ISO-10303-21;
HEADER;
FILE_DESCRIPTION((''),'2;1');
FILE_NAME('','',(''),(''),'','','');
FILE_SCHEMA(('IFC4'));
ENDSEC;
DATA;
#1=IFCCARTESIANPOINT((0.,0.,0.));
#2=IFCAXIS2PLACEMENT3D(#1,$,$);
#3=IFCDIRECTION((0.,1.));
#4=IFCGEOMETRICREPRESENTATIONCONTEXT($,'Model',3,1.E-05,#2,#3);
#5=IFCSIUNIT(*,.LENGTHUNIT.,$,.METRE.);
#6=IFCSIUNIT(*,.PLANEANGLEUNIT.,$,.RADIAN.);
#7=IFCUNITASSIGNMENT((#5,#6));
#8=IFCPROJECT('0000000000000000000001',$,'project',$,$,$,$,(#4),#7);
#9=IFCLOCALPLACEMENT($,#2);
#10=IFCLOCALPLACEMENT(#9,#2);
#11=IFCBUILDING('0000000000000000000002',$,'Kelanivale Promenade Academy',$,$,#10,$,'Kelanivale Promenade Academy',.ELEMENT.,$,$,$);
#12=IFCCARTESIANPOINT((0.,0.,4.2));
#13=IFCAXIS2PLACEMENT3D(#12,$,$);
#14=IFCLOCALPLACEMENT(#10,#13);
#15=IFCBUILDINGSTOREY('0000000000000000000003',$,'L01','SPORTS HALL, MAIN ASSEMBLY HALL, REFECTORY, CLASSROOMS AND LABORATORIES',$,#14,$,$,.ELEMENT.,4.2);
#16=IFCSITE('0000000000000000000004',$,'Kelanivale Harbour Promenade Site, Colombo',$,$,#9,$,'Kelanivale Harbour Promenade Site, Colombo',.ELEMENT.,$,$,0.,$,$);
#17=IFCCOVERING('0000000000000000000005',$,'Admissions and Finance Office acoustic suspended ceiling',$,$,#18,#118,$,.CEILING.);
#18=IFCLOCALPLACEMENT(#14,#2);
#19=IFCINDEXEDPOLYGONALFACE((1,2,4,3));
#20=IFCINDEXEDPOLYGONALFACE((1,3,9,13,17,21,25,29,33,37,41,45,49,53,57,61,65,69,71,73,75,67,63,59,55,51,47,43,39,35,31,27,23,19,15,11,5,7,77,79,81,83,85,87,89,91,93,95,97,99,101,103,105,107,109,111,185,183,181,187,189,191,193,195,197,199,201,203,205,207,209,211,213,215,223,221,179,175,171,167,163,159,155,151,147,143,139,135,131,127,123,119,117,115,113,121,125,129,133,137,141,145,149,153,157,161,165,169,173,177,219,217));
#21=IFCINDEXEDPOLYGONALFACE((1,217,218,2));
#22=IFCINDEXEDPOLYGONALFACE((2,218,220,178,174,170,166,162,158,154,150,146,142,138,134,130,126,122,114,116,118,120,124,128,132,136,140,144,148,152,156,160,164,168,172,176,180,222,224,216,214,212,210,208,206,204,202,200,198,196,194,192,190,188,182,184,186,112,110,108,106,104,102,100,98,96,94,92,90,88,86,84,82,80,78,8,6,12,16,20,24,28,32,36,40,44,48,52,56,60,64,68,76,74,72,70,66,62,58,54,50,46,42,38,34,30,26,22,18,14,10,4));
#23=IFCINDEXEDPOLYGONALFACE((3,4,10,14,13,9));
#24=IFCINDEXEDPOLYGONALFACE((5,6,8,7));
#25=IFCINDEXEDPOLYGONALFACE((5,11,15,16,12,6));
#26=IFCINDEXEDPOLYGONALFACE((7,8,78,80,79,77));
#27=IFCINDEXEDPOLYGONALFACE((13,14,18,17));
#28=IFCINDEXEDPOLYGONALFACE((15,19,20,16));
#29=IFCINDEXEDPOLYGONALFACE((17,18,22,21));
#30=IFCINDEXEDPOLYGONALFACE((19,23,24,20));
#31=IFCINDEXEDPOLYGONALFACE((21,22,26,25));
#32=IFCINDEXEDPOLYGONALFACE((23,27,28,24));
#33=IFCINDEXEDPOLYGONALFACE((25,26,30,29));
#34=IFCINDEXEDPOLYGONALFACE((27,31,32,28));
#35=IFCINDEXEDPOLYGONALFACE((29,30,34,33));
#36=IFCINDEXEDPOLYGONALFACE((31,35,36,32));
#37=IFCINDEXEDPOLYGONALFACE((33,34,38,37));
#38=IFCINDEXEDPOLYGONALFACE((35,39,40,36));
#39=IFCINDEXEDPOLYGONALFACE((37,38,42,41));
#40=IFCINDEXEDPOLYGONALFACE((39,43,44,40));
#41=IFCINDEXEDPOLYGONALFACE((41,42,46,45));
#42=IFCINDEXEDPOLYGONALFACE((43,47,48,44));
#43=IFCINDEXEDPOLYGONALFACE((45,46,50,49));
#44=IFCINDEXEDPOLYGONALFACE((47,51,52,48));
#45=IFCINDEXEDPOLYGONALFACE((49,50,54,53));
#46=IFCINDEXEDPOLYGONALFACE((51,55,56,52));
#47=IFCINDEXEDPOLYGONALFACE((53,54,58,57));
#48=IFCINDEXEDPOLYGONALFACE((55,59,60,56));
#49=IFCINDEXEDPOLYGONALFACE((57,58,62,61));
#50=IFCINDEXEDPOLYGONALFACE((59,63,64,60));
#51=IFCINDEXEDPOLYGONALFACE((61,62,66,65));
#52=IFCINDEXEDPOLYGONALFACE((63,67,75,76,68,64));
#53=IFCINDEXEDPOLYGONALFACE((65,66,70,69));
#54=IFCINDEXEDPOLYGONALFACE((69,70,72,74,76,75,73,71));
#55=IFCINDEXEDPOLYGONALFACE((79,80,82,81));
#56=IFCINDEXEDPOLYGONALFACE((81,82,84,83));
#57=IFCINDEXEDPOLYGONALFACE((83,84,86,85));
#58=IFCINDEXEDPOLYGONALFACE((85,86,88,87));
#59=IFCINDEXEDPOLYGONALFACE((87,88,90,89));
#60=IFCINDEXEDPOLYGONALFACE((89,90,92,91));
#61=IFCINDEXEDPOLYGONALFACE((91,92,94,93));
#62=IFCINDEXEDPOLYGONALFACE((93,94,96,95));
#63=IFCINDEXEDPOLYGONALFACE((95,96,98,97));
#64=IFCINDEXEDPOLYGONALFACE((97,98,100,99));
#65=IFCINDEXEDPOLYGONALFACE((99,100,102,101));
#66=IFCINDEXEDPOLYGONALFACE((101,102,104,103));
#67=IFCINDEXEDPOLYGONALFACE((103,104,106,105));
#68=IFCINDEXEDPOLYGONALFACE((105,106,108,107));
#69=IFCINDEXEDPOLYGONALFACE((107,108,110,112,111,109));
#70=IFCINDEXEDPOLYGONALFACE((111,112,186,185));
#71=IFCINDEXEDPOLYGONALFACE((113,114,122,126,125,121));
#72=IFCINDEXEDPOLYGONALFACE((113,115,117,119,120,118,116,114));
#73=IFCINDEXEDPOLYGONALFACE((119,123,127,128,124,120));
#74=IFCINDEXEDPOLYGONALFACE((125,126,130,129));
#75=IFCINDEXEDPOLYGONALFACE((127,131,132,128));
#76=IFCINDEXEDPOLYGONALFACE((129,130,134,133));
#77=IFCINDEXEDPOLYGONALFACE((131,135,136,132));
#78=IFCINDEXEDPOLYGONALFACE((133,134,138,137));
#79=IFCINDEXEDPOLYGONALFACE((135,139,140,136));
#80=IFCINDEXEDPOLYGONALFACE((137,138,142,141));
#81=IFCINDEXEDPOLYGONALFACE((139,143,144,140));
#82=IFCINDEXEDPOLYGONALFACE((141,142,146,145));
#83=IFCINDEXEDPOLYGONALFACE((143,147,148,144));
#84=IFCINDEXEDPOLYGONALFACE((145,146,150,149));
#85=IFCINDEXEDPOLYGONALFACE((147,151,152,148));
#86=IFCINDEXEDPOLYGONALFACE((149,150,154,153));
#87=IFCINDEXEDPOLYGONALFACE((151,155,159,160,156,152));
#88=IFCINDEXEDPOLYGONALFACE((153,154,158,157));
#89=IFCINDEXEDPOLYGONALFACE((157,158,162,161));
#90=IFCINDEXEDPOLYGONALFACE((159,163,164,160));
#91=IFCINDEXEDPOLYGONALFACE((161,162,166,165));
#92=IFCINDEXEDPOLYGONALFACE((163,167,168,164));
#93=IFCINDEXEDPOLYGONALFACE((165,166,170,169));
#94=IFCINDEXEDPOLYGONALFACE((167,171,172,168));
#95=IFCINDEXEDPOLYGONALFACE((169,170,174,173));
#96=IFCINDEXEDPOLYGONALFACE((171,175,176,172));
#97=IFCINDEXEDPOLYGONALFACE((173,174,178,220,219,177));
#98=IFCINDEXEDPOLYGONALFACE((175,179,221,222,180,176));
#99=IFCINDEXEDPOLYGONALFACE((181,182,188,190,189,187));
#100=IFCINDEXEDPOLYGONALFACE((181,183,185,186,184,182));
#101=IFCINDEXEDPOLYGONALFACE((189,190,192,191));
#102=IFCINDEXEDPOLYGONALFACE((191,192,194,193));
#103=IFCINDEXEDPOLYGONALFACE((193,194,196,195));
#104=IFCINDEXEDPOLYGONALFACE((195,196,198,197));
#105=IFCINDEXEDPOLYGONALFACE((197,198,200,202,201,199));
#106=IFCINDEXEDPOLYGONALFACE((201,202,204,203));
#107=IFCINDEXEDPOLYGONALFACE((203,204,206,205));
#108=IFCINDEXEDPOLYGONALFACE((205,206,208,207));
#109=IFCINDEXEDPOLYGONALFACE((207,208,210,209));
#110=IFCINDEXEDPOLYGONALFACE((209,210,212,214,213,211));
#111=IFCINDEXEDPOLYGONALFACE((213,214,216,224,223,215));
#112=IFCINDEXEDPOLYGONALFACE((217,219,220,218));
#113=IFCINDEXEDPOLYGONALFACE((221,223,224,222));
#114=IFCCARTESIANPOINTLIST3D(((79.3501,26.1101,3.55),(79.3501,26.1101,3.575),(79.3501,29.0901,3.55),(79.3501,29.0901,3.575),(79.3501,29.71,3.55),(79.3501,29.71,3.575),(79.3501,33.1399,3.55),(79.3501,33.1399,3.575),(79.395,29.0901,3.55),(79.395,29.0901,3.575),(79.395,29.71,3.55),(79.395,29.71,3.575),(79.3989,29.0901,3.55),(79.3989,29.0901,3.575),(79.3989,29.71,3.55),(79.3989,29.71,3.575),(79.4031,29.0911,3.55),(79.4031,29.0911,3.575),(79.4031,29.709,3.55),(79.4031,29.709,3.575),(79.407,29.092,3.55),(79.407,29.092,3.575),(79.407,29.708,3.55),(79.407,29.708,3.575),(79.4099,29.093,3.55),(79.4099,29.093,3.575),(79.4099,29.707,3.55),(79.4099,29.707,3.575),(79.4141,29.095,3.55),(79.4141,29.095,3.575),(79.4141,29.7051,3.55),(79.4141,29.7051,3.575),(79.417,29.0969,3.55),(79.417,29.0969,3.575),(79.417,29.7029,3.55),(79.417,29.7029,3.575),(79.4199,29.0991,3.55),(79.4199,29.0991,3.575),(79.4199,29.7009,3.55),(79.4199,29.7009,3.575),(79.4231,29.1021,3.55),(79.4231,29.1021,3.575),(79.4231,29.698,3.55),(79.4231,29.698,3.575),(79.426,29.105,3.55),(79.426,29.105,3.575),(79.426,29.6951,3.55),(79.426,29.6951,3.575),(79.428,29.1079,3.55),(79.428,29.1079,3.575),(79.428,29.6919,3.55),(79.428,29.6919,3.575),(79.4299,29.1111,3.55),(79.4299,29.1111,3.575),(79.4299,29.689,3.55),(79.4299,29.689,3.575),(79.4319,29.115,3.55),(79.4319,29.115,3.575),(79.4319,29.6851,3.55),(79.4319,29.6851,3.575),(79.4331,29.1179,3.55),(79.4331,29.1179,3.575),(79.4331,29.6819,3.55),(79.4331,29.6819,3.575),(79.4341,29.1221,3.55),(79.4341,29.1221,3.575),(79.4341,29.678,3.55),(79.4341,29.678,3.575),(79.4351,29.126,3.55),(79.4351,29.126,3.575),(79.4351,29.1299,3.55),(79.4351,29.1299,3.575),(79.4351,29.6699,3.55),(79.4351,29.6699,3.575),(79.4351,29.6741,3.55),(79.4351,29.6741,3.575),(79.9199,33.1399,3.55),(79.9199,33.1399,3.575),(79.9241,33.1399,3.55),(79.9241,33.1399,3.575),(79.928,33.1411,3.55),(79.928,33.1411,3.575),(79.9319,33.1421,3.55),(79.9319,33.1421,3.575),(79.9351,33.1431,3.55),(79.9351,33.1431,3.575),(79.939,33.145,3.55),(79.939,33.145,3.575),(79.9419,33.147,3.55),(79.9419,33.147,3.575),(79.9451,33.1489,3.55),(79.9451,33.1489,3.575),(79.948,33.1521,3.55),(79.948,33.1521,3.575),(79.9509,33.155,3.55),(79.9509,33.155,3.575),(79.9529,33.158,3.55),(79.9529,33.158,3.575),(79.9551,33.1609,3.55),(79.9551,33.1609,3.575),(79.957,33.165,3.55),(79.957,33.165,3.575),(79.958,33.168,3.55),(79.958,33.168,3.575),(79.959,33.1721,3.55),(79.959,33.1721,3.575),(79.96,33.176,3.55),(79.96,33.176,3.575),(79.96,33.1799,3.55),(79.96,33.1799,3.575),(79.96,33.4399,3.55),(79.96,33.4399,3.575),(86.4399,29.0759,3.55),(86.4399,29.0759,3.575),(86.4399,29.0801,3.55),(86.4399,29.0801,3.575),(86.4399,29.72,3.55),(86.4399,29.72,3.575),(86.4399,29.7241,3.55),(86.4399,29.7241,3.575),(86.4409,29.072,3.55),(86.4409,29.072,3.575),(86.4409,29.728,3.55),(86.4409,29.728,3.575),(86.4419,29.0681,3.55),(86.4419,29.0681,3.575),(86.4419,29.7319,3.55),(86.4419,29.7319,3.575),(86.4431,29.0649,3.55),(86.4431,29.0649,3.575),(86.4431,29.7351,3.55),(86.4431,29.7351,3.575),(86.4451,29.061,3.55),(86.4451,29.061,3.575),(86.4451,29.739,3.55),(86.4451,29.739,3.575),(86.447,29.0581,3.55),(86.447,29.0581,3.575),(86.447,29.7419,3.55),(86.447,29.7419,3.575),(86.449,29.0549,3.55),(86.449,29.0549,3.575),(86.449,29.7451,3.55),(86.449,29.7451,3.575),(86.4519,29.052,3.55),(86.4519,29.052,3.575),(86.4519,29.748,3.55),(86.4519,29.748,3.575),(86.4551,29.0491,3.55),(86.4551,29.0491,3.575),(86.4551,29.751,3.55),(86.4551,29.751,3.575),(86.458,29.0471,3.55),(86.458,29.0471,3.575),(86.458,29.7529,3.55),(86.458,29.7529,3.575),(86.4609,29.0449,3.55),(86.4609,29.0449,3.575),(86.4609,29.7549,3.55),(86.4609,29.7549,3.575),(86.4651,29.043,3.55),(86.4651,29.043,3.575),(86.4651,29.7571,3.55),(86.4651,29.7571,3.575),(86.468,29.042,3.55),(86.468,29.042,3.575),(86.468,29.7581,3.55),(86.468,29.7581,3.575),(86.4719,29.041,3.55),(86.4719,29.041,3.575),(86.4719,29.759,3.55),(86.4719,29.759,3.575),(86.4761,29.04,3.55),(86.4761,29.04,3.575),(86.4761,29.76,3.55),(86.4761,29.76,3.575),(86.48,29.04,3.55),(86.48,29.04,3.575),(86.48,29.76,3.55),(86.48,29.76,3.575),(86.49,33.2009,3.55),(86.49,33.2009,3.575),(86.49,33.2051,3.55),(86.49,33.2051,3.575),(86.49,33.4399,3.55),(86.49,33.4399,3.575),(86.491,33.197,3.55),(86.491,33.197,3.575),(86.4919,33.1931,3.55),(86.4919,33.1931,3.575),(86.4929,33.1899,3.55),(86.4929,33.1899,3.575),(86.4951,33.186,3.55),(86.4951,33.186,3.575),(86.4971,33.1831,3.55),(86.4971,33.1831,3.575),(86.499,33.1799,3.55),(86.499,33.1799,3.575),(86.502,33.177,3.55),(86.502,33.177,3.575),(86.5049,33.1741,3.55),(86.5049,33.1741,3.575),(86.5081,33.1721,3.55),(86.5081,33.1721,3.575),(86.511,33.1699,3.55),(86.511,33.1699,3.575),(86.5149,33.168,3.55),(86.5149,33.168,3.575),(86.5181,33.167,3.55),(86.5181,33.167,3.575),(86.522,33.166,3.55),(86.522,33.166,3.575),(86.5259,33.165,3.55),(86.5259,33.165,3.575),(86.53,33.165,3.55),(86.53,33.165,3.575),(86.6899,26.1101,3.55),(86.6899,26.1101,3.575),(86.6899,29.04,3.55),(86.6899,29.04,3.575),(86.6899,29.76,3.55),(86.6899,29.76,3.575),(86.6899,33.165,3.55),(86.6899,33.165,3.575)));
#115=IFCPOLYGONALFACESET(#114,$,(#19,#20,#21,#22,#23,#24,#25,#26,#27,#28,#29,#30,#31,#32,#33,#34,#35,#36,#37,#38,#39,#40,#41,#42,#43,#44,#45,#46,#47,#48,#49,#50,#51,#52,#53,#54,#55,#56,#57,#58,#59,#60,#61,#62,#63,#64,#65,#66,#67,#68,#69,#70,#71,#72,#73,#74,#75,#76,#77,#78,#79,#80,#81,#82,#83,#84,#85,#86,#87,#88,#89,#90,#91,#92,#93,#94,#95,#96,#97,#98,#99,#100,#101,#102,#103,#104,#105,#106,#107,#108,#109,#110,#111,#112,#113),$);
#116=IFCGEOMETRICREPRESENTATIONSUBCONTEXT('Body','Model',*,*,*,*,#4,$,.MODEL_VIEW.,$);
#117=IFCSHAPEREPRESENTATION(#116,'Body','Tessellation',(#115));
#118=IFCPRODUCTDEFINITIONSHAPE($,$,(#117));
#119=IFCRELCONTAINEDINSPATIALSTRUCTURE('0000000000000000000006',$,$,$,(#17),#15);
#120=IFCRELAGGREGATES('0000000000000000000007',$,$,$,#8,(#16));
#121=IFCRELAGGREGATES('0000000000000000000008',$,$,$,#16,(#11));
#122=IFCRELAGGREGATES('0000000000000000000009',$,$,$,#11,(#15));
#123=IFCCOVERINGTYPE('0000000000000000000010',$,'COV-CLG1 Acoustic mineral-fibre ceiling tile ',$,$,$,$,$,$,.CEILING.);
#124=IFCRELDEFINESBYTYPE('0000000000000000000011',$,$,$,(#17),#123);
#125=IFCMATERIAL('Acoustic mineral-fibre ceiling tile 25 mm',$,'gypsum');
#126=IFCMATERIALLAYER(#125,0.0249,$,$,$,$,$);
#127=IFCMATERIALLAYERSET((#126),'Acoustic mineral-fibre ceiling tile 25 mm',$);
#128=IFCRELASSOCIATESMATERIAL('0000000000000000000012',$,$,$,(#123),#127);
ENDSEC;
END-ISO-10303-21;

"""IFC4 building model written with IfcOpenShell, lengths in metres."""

from ifc_helpers import new_model, si_unit, direction, frame, origin, place, context, subcontext, project, spatial, polyline, outline, extrude, material, layer, layer_set, type_object, element, save


model = new_model("IFC4")

# Units and contexts
model_context = context("Model", 3, precision=1e-05, world=origin(), true_north=direction((0.0, 1.0)))
body_context = subcontext(model_context, "Body", "Model", "MODEL_VIEW")
ifc_project = project(units=[si_unit("LENGTHUNIT", "METRE"), si_unit("PLANEANGLEUNIT", "RADIAN")], contexts=[model_context])

# Site, building, storey
site_placement = place(None, origin())
site = spatial("IfcSite", under=ifc_project, at=site_placement, Name="Kelanivale Harbour Promenade Site, Colombo", LongName="Kelanivale Harbour Promenade Site, Colombo", CompositionType="ELEMENT", RefElevation=0.0)
building_placement = place(site_placement, origin())
building = spatial("IfcBuilding", under=site, at=building_placement, Name="Kelanivale Promenade Academy", LongName="Kelanivale Promenade Academy", CompositionType="ELEMENT")
storey_placement = place(building_placement, frame((0.0, 0.0, 4.2)))
storey = spatial("IfcBuildingStorey", under=building, at=storey_placement, Name="L01", Description="SPORTS HALL, MAIN ASSEMBLY HALL, REFECTORY, CLASSROOMS AND LABORATORIES", CompositionType="ELEMENT", Elevation=4.2)

# Covering
ifc_material_1 = material(Name="Acoustic mineral-fibre ceiling tile 25 mm", Category="gypsum")
ifc_layer_1 = layer(ifc_material_1, 0.0249)
ifc_layer_set_1 = layer_set([ifc_layer_1], Name="Acoustic mineral-fibre ceiling tile 25 mm")
covering_type = type_object("IfcCoveringType", Name="COV-CLG1 Acoustic mineral-fibre ceiling tile ", PredefinedType="CEILING", material=ifc_layer_set_1)
covering_1_placement = place(storey_placement, frame((0.0, 0.0, 3.55)))
element("IfcCovering", 1, at=covering_1_placement, inside=storey, type_object=covering_type, Name="Admissions and Finance Office acoustic suspended ceiling", PredefinedType="CEILING", context=body_context, shape_type="SweptSolid", body=[
    extrude(outline(polyline([(79.3501, 26.1101), (86.6899, 26.1101), (86.6899, 29.04), (86.48, 29.04), (86.4761, 29.04), (86.4719, 29.041), (86.468, 29.042), (86.4651, 29.043), (86.4609, 29.0449), (86.458, 29.0471), (86.4551, 29.0491), (86.4519, 29.052), (86.449, 29.0549), (86.447, 29.0581), (86.4451, 29.061), (86.4431, 29.0649), (86.4419, 29.0681), (86.4409, 29.072), (86.4399, 29.0759), (86.4399, 29.0801), (86.4399, 29.72), (86.4399, 29.7241), (86.4409, 29.728), (86.4419, 29.7319), (86.4431, 29.7351), (86.4451, 29.739), (86.447, 29.7419), (86.449, 29.7451), (86.4519, 29.748), (86.4551, 29.751), (86.458, 29.7529), (86.4609, 29.7549), (86.4651, 29.7571), (86.468, 29.7581), (86.4719, 29.759), (86.4761, 29.76), (86.48, 29.76), (86.6899, 29.76), (86.6899, 33.165), (86.53, 33.165), (86.5259, 33.165), (86.522, 33.166), (86.5181, 33.167), (86.5149, 33.168), (86.511, 33.1699), (86.5081, 33.1721), (86.5049, 33.1741), (86.502, 33.177), (86.499, 33.1799), (86.4971, 33.1831), (86.4951, 33.186), (86.4929, 33.1899), (86.4919, 33.1931), (86.491, 33.197), (86.49, 33.2009), (86.49, 33.2051), (86.49, 33.4399), (79.96, 33.4399), (79.96, 33.1799), (79.96, 33.176), (79.959, 33.1721), (79.958, 33.168), (79.957, 33.165), (79.9551, 33.1609), (79.9529, 33.158), (79.9509, 33.155), (79.948, 33.1521), (79.9451, 33.1489), (79.9419, 33.147), (79.939, 33.145), (79.9351, 33.1431), (79.9319, 33.1421), (79.928, 33.1411), (79.9241, 33.1399), (79.9199, 33.1399), (79.3501, 33.1399), (79.3501, 29.71), (79.395, 29.71), (79.3989, 29.71), (79.4031, 29.709), (79.407, 29.708), (79.4099, 29.707), (79.4141, 29.7051), (79.417, 29.7029), (79.4199, 29.7009), (79.4231, 29.698), (79.426, 29.6951), (79.428, 29.6919), (79.4299, 29.689), (79.4319, 29.6851), (79.4331, 29.6819), (79.4341, 29.678), (79.4351, 29.6741), (79.4351, 29.6699), (79.4351, 29.1299), (79.4351, 29.126), (79.4341, 29.1221), (79.4331, 29.1179), (79.4319, 29.115), (79.4299, 29.1111), (79.428, 29.1079), (79.426, 29.105), (79.4231, 29.1021), (79.4199, 29.0991), (79.417, 29.0969), (79.4141, 29.095), (79.4099, 29.093), (79.407, 29.092), (79.4031, 29.0911), (79.3989, 29.0901), (79.395, 29.0901), (79.3501, 29.0901), (79.3501, 26.1101)])), origin(), (0.0, 0.0, 1.0), 0.0249),
])

save(model, "model.ifc")
